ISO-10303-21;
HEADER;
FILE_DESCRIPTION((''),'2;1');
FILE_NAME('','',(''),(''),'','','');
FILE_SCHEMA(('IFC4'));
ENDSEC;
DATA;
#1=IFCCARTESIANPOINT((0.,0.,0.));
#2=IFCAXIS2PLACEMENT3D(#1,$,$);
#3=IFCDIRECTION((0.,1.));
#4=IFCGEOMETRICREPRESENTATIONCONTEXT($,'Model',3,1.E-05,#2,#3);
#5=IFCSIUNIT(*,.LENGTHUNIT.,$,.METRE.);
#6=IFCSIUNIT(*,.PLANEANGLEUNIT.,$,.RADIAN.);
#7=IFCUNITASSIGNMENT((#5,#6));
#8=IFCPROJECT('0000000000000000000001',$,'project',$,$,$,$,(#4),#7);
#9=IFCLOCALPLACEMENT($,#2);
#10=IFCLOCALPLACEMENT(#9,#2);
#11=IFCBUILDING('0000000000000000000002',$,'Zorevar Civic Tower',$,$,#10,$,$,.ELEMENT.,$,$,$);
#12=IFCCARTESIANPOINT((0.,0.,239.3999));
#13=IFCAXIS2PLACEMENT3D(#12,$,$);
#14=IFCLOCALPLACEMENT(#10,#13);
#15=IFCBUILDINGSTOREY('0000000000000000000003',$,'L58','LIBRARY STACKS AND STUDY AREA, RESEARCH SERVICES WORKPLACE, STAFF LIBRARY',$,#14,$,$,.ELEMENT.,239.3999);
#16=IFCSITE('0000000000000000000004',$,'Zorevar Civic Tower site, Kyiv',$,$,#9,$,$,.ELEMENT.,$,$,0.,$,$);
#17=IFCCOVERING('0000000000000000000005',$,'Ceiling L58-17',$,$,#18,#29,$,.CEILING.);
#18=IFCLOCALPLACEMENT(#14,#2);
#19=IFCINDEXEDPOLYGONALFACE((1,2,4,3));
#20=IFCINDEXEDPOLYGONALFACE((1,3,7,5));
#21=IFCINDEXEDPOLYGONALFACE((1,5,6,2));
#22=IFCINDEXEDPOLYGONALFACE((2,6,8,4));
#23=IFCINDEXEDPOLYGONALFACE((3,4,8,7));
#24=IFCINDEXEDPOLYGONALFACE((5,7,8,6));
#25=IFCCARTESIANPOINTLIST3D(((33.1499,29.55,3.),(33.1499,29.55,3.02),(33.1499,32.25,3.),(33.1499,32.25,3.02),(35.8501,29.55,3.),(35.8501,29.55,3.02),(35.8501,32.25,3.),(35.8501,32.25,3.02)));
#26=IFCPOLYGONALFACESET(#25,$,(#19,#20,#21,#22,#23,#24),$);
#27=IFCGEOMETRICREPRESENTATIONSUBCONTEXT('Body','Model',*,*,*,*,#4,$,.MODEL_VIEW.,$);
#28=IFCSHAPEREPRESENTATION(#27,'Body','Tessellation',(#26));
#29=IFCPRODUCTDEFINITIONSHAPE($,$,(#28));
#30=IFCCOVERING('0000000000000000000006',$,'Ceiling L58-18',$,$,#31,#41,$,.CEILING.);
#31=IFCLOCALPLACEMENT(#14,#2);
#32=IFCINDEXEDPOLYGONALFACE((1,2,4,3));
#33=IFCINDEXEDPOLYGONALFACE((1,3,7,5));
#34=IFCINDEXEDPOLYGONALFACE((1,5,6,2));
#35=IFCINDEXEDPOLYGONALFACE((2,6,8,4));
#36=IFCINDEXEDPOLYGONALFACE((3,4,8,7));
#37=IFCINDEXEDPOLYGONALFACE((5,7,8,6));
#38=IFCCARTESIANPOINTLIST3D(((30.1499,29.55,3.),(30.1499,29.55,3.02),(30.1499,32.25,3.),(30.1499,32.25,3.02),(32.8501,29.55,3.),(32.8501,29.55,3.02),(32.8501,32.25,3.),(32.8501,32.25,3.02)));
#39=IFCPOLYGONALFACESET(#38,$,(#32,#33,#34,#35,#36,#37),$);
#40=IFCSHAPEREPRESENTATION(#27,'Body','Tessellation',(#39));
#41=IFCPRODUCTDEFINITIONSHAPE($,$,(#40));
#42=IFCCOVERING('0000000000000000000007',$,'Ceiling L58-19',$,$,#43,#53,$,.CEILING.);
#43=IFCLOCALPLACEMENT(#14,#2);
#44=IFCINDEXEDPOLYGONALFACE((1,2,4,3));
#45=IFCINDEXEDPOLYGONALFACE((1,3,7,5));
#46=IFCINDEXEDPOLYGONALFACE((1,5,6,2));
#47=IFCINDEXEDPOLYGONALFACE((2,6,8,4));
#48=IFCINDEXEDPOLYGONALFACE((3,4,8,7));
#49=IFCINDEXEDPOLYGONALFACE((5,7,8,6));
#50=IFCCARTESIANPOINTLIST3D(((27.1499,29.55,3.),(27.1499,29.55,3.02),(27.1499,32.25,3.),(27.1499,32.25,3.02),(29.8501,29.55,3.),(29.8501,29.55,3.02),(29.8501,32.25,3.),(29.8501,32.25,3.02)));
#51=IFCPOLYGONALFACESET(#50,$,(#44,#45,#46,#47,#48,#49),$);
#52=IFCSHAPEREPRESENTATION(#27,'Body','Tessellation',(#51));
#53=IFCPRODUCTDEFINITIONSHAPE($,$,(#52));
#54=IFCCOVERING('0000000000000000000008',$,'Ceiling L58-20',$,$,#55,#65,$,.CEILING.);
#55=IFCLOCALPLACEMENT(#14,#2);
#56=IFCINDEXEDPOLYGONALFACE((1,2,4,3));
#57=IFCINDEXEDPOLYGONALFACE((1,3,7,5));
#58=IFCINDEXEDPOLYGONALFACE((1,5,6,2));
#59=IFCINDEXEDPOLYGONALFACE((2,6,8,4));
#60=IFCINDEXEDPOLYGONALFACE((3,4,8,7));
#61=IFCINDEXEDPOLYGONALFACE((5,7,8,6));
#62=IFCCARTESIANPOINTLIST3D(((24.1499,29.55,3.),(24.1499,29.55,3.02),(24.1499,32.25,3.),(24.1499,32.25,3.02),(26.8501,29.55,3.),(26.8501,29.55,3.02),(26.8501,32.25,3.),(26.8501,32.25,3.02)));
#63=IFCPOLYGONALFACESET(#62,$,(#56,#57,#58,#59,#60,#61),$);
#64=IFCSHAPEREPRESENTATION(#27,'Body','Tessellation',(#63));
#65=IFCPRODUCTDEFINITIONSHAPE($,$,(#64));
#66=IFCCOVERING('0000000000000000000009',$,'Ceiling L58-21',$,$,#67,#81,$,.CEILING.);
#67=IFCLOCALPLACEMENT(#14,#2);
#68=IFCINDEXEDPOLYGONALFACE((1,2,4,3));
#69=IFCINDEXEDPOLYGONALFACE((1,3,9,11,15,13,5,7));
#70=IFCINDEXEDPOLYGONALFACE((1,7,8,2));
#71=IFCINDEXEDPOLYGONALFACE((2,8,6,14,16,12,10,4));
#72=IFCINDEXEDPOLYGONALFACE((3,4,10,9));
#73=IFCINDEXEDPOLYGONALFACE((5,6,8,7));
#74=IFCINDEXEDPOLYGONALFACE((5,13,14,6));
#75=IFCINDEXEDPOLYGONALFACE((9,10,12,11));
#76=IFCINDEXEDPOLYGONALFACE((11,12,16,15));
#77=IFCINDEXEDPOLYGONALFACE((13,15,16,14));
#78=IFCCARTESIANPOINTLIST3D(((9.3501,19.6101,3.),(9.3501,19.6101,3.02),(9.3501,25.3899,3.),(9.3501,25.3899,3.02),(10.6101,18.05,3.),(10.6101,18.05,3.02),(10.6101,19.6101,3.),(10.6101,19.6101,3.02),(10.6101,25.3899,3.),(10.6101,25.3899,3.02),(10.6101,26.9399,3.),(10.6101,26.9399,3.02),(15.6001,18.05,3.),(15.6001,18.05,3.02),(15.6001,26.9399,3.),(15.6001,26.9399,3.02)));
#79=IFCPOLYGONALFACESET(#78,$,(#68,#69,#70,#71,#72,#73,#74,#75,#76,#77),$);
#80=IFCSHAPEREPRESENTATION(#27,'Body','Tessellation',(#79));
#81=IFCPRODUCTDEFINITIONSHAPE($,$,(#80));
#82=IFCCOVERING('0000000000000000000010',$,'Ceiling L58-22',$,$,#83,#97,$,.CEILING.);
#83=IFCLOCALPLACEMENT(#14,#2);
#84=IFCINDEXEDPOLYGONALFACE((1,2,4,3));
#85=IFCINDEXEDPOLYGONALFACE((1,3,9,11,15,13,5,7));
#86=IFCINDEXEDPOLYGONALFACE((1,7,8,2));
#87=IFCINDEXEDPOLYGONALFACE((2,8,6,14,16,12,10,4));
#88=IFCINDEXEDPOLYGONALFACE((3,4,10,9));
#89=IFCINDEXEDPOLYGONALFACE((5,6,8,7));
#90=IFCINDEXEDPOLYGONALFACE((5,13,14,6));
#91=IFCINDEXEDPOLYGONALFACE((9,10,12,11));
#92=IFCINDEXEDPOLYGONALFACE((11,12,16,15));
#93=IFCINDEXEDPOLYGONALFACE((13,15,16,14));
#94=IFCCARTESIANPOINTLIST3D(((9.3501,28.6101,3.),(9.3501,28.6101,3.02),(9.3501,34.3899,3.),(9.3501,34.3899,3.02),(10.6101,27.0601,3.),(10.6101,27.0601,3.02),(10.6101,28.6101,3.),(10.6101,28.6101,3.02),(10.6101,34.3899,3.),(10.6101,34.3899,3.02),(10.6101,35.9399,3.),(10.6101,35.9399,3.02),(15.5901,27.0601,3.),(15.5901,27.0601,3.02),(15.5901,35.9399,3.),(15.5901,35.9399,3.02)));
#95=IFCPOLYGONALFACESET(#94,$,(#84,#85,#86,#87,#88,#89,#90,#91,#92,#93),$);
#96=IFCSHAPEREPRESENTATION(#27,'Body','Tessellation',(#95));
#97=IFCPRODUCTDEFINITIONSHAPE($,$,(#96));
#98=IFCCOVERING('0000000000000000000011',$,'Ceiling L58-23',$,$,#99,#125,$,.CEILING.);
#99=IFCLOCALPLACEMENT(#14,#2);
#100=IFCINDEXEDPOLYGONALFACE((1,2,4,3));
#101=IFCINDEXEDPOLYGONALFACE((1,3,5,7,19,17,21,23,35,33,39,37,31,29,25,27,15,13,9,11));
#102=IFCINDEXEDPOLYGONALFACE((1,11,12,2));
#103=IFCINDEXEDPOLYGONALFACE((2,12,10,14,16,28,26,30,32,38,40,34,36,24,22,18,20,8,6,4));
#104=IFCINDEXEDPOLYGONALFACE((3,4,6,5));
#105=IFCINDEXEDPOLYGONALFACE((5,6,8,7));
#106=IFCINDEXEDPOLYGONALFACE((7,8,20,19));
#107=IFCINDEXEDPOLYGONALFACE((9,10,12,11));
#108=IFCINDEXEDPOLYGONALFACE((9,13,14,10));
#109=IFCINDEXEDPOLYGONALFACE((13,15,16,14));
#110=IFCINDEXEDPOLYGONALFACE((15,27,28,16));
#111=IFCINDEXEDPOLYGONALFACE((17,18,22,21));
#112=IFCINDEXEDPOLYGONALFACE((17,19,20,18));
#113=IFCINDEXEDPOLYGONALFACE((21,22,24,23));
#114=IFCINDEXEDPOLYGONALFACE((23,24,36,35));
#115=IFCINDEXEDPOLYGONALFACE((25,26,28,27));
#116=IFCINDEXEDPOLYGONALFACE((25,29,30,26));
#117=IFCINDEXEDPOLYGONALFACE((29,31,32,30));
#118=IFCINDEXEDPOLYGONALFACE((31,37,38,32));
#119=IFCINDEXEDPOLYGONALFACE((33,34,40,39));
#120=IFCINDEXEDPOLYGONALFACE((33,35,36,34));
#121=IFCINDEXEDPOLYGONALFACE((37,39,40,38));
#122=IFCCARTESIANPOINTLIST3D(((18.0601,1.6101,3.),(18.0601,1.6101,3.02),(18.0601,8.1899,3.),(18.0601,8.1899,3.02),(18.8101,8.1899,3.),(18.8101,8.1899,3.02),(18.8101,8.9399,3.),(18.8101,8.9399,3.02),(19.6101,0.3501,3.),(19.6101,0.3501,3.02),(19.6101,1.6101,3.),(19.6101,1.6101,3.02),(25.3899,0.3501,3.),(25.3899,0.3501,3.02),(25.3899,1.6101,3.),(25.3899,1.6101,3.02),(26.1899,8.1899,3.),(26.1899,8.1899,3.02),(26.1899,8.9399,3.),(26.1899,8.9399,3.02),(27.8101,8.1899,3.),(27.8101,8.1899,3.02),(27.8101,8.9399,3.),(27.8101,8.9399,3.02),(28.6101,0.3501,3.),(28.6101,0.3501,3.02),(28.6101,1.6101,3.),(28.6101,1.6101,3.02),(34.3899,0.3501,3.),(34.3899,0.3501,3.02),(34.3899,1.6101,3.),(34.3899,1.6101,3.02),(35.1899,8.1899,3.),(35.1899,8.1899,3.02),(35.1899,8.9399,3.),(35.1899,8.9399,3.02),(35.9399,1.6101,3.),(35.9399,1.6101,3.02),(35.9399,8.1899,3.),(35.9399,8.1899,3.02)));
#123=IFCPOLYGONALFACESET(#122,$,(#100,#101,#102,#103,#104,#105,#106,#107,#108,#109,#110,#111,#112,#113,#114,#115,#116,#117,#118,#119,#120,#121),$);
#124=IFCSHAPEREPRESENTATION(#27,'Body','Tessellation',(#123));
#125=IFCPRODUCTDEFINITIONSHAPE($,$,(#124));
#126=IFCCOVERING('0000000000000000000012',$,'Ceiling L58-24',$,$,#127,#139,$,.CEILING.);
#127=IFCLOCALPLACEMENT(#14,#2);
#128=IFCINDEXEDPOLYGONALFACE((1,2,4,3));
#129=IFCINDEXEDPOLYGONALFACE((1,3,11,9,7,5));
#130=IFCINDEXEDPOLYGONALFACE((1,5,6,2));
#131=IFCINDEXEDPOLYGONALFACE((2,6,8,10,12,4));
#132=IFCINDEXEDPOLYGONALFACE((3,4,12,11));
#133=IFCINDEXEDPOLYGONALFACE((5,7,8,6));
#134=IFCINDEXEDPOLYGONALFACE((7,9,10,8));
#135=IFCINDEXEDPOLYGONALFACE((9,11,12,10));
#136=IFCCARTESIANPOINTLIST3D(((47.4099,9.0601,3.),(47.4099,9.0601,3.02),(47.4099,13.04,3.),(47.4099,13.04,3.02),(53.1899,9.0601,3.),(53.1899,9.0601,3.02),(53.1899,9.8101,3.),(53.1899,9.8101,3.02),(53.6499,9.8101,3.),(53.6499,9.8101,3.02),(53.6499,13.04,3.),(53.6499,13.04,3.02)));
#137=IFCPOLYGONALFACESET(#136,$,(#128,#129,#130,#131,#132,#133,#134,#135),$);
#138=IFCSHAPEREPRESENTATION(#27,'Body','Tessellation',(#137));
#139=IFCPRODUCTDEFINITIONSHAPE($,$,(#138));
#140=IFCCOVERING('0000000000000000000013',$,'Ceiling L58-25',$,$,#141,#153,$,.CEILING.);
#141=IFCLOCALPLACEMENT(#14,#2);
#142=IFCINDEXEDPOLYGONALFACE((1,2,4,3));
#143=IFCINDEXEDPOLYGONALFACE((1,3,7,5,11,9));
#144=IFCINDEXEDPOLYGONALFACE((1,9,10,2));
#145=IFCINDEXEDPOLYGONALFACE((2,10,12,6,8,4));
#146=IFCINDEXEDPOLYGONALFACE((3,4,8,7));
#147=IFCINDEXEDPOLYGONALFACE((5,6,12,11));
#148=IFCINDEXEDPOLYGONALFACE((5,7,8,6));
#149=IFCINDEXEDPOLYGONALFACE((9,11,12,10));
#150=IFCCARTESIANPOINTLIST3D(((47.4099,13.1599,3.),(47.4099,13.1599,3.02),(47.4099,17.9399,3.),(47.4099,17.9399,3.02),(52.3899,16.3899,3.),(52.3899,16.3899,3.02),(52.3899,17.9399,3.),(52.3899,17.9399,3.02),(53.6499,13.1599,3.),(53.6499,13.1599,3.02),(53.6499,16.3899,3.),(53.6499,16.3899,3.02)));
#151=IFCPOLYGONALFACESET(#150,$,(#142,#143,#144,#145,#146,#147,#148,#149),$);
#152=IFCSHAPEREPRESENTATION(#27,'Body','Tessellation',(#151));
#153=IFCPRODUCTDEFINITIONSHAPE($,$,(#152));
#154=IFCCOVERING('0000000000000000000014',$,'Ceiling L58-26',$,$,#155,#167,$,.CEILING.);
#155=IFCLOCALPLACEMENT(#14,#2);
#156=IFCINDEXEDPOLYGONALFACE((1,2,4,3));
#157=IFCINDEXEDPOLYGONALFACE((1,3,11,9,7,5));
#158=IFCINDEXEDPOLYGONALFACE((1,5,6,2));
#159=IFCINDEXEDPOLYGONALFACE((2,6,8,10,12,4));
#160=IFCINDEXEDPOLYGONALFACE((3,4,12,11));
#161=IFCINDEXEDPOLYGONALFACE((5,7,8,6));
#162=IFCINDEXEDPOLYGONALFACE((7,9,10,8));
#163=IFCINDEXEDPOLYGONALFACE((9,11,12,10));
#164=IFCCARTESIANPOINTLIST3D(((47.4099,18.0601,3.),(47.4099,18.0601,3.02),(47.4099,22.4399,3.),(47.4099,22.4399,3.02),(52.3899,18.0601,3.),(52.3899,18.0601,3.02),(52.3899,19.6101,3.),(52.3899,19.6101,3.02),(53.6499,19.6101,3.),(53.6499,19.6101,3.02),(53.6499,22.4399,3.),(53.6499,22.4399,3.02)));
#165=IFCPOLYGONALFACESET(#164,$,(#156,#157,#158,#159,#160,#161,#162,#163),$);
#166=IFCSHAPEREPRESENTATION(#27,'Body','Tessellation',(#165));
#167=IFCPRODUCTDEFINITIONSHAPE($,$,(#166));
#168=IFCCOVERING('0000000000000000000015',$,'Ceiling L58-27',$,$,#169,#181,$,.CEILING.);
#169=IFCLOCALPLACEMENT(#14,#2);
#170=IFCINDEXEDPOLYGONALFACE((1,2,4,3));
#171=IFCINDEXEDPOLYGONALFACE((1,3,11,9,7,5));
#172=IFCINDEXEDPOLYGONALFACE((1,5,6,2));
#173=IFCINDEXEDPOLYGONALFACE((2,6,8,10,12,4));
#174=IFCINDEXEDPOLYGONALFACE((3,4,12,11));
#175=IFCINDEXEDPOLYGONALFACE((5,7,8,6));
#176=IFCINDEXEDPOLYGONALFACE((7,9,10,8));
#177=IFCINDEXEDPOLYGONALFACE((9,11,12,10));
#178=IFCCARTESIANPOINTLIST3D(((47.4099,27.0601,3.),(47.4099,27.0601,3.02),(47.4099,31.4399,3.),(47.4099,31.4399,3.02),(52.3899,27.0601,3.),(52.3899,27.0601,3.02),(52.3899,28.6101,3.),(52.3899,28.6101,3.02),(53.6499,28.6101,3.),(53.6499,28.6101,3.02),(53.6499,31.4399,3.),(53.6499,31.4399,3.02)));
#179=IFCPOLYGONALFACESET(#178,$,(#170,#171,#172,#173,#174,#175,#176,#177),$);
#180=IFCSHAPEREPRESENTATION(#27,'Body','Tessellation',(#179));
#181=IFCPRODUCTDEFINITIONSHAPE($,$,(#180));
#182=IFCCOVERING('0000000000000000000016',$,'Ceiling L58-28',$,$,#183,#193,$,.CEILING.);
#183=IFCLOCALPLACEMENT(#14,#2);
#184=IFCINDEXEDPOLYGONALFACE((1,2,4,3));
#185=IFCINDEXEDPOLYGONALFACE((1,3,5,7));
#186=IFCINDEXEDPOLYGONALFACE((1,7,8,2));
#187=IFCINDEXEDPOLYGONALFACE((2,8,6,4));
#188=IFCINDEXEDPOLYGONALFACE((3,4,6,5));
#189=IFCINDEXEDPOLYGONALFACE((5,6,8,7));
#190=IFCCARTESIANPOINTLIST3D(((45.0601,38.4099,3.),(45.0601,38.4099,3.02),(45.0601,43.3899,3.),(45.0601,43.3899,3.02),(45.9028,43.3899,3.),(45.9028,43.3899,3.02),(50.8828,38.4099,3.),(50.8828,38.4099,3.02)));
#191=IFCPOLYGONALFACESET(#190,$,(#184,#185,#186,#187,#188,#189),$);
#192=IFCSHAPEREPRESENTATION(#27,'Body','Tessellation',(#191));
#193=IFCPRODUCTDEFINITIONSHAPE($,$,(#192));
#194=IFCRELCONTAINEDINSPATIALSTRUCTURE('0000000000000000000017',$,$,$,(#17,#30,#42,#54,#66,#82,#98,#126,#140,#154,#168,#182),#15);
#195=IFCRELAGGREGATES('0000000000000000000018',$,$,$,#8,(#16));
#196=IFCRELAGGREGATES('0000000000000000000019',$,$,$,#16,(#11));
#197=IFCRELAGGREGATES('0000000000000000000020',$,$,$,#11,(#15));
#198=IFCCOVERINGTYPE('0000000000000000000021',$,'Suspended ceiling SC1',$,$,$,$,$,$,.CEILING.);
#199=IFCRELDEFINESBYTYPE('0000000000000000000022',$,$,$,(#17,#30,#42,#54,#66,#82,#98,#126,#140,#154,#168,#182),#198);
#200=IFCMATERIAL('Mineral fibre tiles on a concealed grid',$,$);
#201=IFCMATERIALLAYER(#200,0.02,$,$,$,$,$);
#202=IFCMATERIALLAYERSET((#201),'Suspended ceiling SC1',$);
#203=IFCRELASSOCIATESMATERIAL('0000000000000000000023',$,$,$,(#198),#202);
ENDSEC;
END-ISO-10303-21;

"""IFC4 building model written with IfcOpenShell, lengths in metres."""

from ifc_helpers import new_model, si_unit, direction, frame, origin, place, context, subcontext, project, spatial, polyline, outline, extrude, material, layer, layer_set, type_object, element, save


model = new_model("IFC4")

# Units and contexts
model_context = context("Model", 3, precision=1e-05, world=origin(), true_north=direction((0.0, 1.0)))
body_context = subcontext(model_context, "Body", "Model", "MODEL_VIEW")
ifc_project = project(units=[si_unit("LENGTHUNIT", "METRE"), si_unit("PLANEANGLEUNIT", "RADIAN")], contexts=[model_context])

# Site, building, storey
site_placement = place(None, origin())
site = spatial("IfcSite", under=ifc_project, at=site_placement, Name="Zorevar Civic Tower site, Kyiv", CompositionType="ELEMENT", RefElevation=0.0)
building_placement = place(site_placement, origin())
building = spatial("IfcBuilding", under=site, at=building_placement, Name="Zorevar Civic Tower", CompositionType="ELEMENT")
storey_placement = place(building_placement, frame((0.0, 0.0, 239.3999)))
storey = spatial("IfcBuildingStorey", under=building, at=storey_placement, Name="L58", Description="LIBRARY STACKS AND STUDY AREA, RESEARCH SERVICES WORKPLACE, STAFF LIBRARY", CompositionType="ELEMENT", Elevation=239.3999)

# Coverings
ifc_material_1 = material(Name="Mineral fibre tiles on a concealed grid")
ifc_layer_1 = layer(ifc_material_1, 0.02)
ifc_layer_set_1 = layer_set([ifc_layer_1], Name="Suspended ceiling SC1")
covering_type_1 = type_object("IfcCoveringType", Name="Suspended ceiling SC1", PredefinedType="CEILING", material=ifc_layer_set_1)
covering_1_placement = place(storey_placement, frame((0.0, 0.0, 3.0)))
element("IfcCovering", 1, at=covering_1_placement, inside=storey, type_object=covering_type_1, Name="Ceiling L58-17", PredefinedType="CEILING", context=body_context, shape_type="SweptSolid", body=[
    extrude(outline(polyline([(35.8501, 29.55), (35.8501, 32.25), (33.1499, 32.25), (33.1499, 29.55), (35.8501, 29.55)])), origin(), (0.0, 0.0, 1.0), 0.02),
])
covering_2_placement = place(storey_placement, frame((0.0, 0.0, 3.0)))
element("IfcCovering", 2, at=covering_2_placement, inside=storey, type_object=covering_type_1, Name="Ceiling L58-18", PredefinedType="CEILING", context=body_context, shape_type="SweptSolid", body=[
    extrude(outline(polyline([(32.8501, 29.55), (32.8501, 32.25), (30.1499, 32.25), (30.1499, 29.55), (32.8501, 29.55)])), origin(), (0.0, 0.0, 1.0), 0.02),
])
covering_3_placement = place(storey_placement, frame((0.0, 0.0, 3.0)))
element("IfcCovering", 3, at=covering_3_placement, inside=storey, type_object=covering_type_1, Name="Ceiling L58-19", PredefinedType="CEILING", context=body_context, shape_type="SweptSolid", body=[
    extrude(outline(polyline([(29.8501, 29.55), (29.8501, 32.25), (27.1499, 32.25), (27.1499, 29.55), (29.8501, 29.55)])), origin(), (0.0, 0.0, 1.0), 0.02),
])
covering_4_placement = place(storey_placement, frame((0.0, 0.0, 3.0)))
element("IfcCovering", 4, at=covering_4_placement, inside=storey, type_object=covering_type_1, Name="Ceiling L58-20", PredefinedType="CEILING", context=body_context, shape_type="SweptSolid", body=[
    extrude(outline(polyline([(26.8501, 29.55), (26.8501, 32.25), (24.1499, 32.25), (24.1499, 29.55), (26.8501, 29.55)])), origin(), (0.0, 0.0, 1.0), 0.02),
])
covering_5_placement = place(storey_placement, frame((0.0, 0.0, 3.0)))
element("IfcCovering", 5, at=covering_5_placement, inside=storey, type_object=covering_type_1, Name="Ceiling L58-21", PredefinedType="CEILING", context=body_context, shape_type="SweptSolid", body=[
    extrude(outline(polyline([(10.6101, 19.6101), (9.3501, 19.6101), (9.3501, 25.3899), (10.6101, 25.3899), (10.6101, 26.9399), (15.6001, 26.9399), (15.6001, 18.05), (10.6101, 18.05), (10.6101, 19.6101)])), origin(), (0.0, 0.0, 1.0), 0.02),
])
covering_6_placement = place(storey_placement, frame((0.0, 0.0, 3.0)))
element("IfcCovering", 6, at=covering_6_placement, inside=storey, type_object=covering_type_1, Name="Ceiling L58-22", PredefinedType="CEILING", context=body_context, shape_type="SweptSolid", body=[
    extrude(outline(polyline([(10.6101, 28.6101), (9.3501, 28.6101), (9.3501, 34.3899), (10.6101, 34.3899), (10.6101, 35.9399), (15.5901, 35.9399), (15.5901, 27.0601), (10.6101, 27.0601), (10.6101, 28.6101)])), origin(), (0.0, 0.0, 1.0), 0.02),
])
covering_7_placement = place(storey_placement, frame((0.0, 0.0, 3.0)))
element("IfcCovering", 7, at=covering_7_placement, inside=storey, type_object=covering_type_1, Name="Ceiling L58-23", PredefinedType="CEILING", context=body_context, shape_type="SweptSolid", body=[
    extrude(outline(polyline([(18.8101, 8.1899), (18.8101, 8.9399), (26.1899, 8.9399), (26.1899, 8.1899), (27.8101, 8.1899), (27.8101, 8.9399), (35.1899, 8.9399), (35.1899, 8.1899), (35.9399, 8.1899), (35.9399, 1.6101), (34.3899, 1.6101), (34.3899, 0.3501), (28.6101, 0.3501), (28.6101, 1.6101), (25.3899, 1.6101), (25.3899, 0.3501), (19.6101, 0.3501), (19.6101, 1.6101), (18.0601, 1.6101), (18.0601, 8.1899), (18.8101, 8.1899)])), origin(), (0.0, 0.0, 1.0), 0.02),
])
covering_8_placement = place(storey_placement, frame((0.0, 0.0, 3.0)))
element("IfcCovering", 8, at=covering_8_placement, inside=storey, type_object=covering_type_1, Name="Ceiling L58-24", PredefinedType="CEILING", context=body_context, shape_type="SweptSolid", body=[
    extrude(outline(polyline([(47.4099, 13.04), (53.6499, 13.04), (53.6499, 9.8101), (53.1899, 9.8101), (53.1899, 9.0601), (47.4099, 9.0601), (47.4099, 13.04)])), origin(), (0.0, 0.0, 1.0), 0.02),
])
covering_9_placement = place(storey_placement, frame((0.0, 0.0, 3.0)))
element("IfcCovering", 9, at=covering_9_placement, inside=storey, type_object=covering_type_1, Name="Ceiling L58-25", PredefinedType="CEILING", context=body_context, shape_type="SweptSolid", body=[
    extrude(outline(polyline([(47.4099, 17.9399), (52.3899, 17.9399), (52.3899, 16.3899), (53.6499, 16.3899), (53.6499, 13.1599), (47.4099, 13.1599), (47.4099, 17.9399)])), origin(), (0.0, 0.0, 1.0), 0.02),
])
covering_10_placement = place(storey_placement, frame((0.0, 0.0, 3.0)))
element("IfcCovering", 10, at=covering_10_placement, inside=storey, type_object=covering_type_1, Name="Ceiling L58-26", PredefinedType="CEILING", context=body_context, shape_type="SweptSolid", body=[
    extrude(outline(polyline([(47.4099, 22.4399), (53.6499, 22.4399), (53.6499, 19.6101), (52.3899, 19.6101), (52.3899, 18.0601), (47.4099, 18.0601), (47.4099, 22.4399)])), origin(), (0.0, 0.0, 1.0), 0.02),
])
covering_11_placement = place(storey_placement, frame((0.0, 0.0, 3.0)))
element("IfcCovering", 11, at=covering_11_placement, inside=storey, type_object=covering_type_1, Name="Ceiling L58-27", PredefinedType="CEILING", context=body_context, shape_type="SweptSolid", body=[
    extrude(outline(polyline([(47.4099, 31.4399), (53.6499, 31.4399), (53.6499, 28.6101), (52.3899, 28.6101), (52.3899, 27.0601), (47.4099, 27.0601), (47.4099, 31.4399)])), origin(), (0.0, 0.0, 1.0), 0.02),
])
covering_12_placement = place(storey_placement, frame((0.0, 0.0, 3.0)))
element("IfcCovering", 12, at=covering_12_placement, inside=storey, type_object=covering_type_1, Name="Ceiling L58-28", PredefinedType="CEILING", context=body_context, shape_type="SweptSolid", body=[
    extrude(outline(polyline([(45.0601, 38.4099), (45.0601, 43.3899), (45.9028, 43.3899), (50.8828, 38.4099), (45.0601, 38.4099)])), origin(), (0.0, 0.0, 1.0), 0.02),
])

save(model, "model.ifc")
